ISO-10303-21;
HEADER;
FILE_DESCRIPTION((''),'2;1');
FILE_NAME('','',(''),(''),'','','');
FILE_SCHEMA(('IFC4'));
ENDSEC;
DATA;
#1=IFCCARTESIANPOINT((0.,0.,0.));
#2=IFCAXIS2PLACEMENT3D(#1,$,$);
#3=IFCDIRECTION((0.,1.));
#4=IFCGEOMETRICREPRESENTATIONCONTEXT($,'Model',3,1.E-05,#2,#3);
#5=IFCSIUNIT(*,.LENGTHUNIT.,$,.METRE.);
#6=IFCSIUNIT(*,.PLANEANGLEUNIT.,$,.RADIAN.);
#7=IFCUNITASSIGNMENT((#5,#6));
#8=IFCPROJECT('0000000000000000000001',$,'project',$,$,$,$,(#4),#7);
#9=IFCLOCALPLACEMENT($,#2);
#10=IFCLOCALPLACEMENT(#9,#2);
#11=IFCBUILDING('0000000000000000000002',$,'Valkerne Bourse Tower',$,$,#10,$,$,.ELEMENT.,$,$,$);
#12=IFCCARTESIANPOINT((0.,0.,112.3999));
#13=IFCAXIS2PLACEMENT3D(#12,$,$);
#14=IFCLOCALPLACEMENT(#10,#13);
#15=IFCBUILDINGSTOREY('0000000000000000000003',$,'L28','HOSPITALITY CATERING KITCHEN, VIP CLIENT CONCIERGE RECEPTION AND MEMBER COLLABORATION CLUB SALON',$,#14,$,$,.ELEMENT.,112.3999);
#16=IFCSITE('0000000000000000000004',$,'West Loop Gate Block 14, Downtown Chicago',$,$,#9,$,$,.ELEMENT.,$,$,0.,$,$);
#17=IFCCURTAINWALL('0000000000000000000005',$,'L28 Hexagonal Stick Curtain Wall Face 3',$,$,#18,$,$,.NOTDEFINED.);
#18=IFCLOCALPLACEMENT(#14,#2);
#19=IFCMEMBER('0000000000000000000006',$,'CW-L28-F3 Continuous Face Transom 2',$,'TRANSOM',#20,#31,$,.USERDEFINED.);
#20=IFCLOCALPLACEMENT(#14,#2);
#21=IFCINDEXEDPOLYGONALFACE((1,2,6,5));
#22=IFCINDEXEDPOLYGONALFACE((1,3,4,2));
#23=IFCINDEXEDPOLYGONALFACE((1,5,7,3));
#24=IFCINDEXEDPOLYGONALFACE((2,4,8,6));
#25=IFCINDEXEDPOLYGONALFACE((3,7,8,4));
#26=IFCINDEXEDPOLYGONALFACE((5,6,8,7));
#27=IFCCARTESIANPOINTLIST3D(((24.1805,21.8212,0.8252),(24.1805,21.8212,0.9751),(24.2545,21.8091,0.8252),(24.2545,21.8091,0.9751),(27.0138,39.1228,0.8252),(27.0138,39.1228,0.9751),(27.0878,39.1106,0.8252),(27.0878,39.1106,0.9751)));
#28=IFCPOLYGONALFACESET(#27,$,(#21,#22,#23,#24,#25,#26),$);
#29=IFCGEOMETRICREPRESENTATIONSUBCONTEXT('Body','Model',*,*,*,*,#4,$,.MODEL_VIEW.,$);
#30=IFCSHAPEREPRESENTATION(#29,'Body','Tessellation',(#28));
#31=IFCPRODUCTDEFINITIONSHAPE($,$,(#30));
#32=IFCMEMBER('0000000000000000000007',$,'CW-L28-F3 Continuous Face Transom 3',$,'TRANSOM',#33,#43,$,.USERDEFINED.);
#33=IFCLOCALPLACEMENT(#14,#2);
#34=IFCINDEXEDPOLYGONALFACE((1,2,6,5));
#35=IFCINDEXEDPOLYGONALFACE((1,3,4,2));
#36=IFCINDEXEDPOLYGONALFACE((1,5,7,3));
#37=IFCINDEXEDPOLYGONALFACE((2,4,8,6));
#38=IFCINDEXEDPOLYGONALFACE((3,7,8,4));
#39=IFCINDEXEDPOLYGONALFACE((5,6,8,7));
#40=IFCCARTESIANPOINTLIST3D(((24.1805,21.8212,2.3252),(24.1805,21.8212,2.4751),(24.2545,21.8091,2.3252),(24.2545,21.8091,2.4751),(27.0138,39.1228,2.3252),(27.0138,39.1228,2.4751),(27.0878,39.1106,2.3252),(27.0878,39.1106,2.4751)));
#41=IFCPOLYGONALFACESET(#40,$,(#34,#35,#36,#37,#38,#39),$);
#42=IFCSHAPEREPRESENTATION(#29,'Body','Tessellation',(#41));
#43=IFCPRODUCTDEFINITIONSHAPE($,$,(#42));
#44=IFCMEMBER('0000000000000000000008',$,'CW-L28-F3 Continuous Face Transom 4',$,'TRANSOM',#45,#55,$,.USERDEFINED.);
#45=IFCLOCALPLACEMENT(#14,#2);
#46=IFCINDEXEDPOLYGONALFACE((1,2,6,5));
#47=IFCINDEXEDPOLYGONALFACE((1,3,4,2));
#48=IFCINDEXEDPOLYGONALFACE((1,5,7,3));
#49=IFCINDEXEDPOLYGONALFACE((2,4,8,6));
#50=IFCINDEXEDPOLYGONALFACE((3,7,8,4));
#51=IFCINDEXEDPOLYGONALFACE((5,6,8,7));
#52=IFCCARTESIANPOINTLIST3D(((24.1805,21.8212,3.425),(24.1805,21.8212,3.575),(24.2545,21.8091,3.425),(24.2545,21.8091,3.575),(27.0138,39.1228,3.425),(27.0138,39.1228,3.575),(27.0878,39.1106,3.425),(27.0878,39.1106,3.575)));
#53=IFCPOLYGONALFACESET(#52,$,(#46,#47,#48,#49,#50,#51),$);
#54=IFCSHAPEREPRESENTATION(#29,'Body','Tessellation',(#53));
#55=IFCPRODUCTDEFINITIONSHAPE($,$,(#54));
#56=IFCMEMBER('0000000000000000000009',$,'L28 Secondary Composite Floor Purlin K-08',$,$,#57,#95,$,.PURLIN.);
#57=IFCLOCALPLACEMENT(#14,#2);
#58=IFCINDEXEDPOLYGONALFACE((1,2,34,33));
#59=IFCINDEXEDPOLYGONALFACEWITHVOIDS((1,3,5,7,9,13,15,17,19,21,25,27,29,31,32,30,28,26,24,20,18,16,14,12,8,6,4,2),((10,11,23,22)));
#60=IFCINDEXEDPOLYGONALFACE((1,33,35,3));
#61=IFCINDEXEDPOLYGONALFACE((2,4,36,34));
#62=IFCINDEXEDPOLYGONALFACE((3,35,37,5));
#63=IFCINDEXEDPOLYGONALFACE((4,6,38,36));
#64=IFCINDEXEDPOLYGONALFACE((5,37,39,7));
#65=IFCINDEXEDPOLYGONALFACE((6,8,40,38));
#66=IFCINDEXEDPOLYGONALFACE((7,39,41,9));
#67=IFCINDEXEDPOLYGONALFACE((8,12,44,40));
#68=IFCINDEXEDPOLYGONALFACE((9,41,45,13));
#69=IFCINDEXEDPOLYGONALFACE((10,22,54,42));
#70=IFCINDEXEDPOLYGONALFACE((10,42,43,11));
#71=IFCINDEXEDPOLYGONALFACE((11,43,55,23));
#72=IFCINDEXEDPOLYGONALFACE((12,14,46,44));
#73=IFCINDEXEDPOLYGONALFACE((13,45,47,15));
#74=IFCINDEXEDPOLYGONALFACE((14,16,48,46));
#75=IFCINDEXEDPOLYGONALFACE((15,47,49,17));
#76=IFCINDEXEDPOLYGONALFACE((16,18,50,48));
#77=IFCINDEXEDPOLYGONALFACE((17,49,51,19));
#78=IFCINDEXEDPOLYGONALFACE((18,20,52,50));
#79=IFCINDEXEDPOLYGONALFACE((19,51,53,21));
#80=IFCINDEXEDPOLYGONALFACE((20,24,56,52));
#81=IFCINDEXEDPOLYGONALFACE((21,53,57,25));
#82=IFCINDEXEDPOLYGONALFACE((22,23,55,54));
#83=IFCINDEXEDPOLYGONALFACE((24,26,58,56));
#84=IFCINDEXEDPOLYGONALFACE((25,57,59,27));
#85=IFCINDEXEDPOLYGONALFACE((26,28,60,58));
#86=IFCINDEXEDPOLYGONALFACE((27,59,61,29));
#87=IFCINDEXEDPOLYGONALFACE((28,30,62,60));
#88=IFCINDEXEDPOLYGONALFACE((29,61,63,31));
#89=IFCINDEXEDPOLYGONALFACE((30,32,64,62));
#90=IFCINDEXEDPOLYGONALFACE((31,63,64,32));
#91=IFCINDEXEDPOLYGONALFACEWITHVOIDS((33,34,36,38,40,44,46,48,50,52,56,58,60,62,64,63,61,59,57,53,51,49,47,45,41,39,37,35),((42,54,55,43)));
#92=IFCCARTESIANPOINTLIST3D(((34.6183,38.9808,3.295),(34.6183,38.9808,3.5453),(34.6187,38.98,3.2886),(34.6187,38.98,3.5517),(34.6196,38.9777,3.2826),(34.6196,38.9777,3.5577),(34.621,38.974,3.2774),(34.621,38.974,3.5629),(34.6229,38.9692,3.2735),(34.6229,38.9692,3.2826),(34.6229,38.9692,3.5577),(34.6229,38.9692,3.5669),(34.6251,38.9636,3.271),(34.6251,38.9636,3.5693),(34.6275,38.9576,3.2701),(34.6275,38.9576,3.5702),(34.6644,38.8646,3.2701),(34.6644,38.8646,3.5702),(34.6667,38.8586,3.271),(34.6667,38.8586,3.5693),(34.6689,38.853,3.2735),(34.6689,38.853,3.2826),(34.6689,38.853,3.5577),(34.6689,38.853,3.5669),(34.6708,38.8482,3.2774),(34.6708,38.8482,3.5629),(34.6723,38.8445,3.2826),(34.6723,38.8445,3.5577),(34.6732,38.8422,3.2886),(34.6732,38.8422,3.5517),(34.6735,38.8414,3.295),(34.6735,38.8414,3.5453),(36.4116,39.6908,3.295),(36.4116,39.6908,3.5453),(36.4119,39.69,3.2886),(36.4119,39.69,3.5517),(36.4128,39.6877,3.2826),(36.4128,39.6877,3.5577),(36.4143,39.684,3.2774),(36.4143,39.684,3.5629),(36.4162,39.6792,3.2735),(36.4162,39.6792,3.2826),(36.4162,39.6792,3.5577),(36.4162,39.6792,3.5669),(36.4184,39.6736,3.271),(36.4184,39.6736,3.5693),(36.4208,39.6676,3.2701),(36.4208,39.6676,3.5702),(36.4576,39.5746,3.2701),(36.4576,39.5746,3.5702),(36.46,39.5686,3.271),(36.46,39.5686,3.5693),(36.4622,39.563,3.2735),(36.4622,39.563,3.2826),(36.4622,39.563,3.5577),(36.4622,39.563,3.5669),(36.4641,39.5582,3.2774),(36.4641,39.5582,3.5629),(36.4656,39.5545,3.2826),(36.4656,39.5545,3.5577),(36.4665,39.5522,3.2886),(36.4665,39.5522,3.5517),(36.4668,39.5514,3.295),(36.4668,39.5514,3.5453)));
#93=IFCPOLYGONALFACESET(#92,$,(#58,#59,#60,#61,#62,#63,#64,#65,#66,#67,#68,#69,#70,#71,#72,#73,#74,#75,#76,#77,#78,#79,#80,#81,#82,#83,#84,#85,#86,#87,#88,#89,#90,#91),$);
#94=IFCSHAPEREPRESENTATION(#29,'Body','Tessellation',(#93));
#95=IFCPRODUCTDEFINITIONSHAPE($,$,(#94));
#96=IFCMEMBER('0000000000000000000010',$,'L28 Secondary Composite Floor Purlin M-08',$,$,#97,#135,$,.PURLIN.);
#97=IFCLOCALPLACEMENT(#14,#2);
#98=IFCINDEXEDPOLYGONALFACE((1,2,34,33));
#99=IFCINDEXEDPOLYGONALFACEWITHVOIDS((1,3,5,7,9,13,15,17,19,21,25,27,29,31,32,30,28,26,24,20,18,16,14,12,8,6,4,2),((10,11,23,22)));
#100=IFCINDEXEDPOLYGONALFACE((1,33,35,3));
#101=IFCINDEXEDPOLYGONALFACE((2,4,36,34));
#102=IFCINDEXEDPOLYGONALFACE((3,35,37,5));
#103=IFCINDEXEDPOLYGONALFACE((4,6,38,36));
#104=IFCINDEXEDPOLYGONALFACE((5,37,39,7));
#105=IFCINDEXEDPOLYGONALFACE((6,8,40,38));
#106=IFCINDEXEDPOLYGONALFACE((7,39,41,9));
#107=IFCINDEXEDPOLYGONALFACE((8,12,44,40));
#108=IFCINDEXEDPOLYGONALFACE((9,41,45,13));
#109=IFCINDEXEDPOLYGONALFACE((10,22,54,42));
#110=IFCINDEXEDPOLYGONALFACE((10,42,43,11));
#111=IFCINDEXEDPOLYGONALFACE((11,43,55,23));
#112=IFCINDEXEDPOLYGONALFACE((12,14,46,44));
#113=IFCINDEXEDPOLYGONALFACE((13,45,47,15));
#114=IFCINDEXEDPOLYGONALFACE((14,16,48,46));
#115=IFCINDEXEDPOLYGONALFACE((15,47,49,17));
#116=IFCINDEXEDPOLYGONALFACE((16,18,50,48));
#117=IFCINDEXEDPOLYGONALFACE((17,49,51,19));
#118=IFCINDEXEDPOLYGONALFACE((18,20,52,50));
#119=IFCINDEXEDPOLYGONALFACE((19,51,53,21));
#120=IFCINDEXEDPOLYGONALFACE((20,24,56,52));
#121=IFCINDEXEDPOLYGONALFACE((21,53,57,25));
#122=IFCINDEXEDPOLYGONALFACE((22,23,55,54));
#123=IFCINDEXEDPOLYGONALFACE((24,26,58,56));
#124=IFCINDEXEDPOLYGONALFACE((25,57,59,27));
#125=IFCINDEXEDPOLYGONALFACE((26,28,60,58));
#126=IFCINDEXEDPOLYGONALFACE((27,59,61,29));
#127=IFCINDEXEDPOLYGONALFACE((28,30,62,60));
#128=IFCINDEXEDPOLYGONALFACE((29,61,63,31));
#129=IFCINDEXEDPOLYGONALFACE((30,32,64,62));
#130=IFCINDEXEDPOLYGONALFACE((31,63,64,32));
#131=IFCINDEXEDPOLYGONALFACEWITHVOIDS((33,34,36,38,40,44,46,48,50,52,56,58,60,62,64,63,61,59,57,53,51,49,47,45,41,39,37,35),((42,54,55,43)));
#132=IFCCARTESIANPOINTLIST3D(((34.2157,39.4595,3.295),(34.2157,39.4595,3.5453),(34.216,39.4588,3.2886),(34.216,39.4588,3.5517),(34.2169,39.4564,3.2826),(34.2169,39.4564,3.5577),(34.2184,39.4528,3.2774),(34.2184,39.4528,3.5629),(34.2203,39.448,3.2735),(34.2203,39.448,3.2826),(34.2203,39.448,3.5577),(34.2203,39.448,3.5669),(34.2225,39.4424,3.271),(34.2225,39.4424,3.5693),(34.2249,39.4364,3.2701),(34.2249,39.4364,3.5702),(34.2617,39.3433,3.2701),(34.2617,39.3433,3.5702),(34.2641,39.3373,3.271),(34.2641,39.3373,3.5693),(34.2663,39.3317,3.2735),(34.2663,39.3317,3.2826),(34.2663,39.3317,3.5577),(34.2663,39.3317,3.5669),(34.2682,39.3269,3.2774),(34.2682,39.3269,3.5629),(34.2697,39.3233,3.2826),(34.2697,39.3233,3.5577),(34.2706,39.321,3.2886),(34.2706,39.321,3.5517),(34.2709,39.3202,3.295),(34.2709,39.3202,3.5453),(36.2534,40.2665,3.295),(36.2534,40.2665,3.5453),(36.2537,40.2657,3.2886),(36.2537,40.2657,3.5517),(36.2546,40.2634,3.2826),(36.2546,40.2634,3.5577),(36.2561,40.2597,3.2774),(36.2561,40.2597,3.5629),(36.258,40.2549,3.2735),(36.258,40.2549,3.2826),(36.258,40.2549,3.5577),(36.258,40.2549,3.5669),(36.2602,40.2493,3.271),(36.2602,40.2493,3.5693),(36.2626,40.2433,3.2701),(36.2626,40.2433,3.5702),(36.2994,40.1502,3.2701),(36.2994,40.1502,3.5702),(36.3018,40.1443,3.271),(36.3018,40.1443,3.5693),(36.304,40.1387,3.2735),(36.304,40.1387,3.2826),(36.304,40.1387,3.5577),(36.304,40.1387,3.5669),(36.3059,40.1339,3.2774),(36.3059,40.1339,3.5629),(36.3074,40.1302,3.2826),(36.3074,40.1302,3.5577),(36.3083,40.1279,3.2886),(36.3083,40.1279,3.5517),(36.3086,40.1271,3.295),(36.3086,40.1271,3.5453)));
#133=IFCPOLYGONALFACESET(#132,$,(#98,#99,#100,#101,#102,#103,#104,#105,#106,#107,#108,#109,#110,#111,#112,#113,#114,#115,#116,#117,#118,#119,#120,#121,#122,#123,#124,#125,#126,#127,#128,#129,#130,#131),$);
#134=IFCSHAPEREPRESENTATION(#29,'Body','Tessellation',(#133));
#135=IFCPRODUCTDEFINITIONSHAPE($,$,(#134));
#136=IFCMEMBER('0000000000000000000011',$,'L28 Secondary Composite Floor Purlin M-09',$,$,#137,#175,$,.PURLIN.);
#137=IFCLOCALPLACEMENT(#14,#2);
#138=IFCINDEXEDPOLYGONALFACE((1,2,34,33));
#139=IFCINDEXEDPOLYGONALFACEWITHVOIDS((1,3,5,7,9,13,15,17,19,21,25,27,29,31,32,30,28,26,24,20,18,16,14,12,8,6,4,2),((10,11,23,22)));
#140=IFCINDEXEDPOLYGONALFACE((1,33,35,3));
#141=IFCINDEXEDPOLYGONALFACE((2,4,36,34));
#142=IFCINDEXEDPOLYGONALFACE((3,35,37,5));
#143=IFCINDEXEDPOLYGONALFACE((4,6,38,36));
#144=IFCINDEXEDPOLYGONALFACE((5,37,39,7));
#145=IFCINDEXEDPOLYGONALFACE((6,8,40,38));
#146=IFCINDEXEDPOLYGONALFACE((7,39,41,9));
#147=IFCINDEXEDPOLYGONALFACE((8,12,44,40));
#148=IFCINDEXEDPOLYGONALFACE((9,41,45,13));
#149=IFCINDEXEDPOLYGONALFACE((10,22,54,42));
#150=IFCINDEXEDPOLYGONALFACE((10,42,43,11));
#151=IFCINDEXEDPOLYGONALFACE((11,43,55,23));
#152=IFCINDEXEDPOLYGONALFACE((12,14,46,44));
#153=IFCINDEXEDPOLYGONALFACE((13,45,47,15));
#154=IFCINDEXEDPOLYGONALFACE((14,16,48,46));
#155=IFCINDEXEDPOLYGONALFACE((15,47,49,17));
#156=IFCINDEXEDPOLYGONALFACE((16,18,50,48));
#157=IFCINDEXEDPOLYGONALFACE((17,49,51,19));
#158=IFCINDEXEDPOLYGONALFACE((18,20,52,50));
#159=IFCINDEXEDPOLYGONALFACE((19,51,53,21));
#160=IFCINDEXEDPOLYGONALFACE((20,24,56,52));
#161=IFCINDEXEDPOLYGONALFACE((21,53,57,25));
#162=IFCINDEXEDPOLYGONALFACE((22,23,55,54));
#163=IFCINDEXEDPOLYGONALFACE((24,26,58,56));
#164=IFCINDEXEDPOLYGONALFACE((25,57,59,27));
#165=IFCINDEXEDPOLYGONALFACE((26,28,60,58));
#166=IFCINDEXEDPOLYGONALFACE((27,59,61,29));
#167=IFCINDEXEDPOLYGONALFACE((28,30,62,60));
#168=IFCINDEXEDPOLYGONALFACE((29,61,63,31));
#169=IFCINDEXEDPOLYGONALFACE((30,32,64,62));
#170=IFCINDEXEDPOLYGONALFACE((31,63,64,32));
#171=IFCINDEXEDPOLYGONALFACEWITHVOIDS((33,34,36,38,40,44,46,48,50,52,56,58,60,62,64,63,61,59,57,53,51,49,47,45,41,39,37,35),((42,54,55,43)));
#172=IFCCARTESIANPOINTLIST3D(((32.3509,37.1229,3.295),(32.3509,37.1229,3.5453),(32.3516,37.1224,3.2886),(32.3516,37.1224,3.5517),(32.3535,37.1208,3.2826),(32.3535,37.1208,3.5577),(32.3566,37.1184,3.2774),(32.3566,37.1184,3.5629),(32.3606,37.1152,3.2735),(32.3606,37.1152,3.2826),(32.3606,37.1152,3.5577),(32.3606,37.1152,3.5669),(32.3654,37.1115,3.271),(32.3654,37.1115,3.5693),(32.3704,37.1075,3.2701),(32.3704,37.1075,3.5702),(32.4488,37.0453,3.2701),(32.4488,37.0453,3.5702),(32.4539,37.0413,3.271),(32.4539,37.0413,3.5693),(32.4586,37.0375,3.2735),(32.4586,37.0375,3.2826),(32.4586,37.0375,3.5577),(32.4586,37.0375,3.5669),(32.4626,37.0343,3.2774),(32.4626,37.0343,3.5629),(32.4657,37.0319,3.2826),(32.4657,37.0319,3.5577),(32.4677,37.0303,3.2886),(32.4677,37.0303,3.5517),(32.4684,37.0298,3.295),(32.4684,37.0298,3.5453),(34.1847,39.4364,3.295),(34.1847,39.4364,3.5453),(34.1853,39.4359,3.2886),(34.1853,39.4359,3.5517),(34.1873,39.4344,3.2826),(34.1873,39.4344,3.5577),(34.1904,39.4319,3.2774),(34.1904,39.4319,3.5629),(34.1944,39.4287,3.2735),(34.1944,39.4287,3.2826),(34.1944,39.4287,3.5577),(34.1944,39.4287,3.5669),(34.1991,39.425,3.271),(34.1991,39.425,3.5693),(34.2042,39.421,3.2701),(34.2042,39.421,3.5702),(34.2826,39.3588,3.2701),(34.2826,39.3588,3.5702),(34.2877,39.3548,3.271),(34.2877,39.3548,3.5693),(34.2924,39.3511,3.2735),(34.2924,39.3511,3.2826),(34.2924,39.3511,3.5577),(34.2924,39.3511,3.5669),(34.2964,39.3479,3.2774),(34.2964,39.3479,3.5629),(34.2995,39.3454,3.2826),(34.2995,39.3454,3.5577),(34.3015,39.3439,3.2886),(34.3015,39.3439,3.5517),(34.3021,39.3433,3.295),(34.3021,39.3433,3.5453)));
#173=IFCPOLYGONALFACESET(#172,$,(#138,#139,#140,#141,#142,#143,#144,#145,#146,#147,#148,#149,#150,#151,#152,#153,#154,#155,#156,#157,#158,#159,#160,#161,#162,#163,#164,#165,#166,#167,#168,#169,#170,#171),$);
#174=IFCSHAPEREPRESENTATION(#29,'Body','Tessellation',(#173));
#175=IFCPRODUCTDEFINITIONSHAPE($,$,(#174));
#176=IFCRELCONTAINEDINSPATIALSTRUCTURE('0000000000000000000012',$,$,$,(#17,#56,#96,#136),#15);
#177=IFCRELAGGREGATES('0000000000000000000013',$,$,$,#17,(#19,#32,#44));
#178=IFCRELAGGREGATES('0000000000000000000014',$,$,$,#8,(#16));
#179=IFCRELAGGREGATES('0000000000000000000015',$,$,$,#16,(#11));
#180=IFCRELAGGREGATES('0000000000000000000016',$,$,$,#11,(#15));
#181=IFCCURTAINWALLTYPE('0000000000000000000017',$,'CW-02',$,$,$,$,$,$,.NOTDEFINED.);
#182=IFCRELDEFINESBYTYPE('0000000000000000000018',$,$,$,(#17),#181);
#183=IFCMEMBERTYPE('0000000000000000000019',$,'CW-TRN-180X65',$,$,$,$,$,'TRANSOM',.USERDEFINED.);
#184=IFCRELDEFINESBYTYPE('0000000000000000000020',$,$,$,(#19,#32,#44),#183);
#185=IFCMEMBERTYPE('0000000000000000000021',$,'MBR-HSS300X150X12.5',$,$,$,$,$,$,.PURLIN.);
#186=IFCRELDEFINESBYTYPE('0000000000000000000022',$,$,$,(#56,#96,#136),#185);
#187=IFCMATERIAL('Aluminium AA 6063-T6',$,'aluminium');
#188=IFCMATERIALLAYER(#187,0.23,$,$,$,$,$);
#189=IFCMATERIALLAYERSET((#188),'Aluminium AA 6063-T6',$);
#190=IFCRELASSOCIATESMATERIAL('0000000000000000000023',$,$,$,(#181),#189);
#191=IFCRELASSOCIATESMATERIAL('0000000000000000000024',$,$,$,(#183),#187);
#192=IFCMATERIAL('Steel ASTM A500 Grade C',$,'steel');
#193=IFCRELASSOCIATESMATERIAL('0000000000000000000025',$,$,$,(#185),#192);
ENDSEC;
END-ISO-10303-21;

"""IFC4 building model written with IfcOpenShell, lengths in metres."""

from ifc_helpers import new_model, si_unit, direction, frame, origin, origin_2d, place, context, subcontext, project, spatial, rectangle, hollow_rectangle, extrude, material, layer, layer_set, material_profile, profile_set, type_object, element, aggregate, save


model = new_model("IFC4")

# Units and contexts
model_context = context("Model", 3, precision=1e-05, world=origin(), true_north=direction((0.0, 1.0)))
body_context = subcontext(model_context, "Body", "Model", "MODEL_VIEW")
ifc_project = project(units=[si_unit("LENGTHUNIT", "METRE"), si_unit("PLANEANGLEUNIT", "RADIAN")], contexts=[model_context])

# Site, building, storey
site_placement = place(None, origin())
site = spatial("IfcSite", under=ifc_project, at=site_placement, Name="West Loop Gate Block 14, Downtown Chicago", CompositionType="ELEMENT", RefElevation=0.0)
building_placement = place(site_placement, origin())
building = spatial("IfcBuilding", under=site, at=building_placement, Name="Valkerne Bourse Tower", CompositionType="ELEMENT")
storey_placement = place(building_placement, frame((0.0, 0.0, 112.3999)))
storey = spatial("IfcBuildingStorey", under=building, at=storey_placement, Name="L28", Description="HOSPITALITY CATERING KITCHEN, VIP CLIENT CONCIERGE RECEPTION AND MEMBER COLLABORATION CLUB SALON", CompositionType="ELEMENT", Elevation=112.3999)

# Curtain wall, members
ifc_material_1 = material(Name="Aluminium AA 6063-T6", Category="aluminium")
ifc_layer_1 = layer(ifc_material_1, 0.23)
ifc_layer_set_1 = layer_set([ifc_layer_1], Name="Aluminium AA 6063-T6")
curtain_wall_type = type_object("IfcCurtainWallType", Name="CW-02", PredefinedType="NOTDEFINED", material=ifc_layer_set_1)
curtain_wall_1_placement = place(storey_placement, origin())
curtain_wall_1 = element("IfcCurtainWall", 1, at=curtain_wall_1_placement, inside=storey, type_object=curtain_wall_type, Name="L28 Hexagonal Stick Curtain Wall Face 3", PredefinedType="NOTDEFINED")
ifc_material_profile_1 = material_profile(ifc_material_1, rectangle(XDim=0.075, YDim=0.1499, at=origin_2d()), Name="CWT-75X150")
ifc_profile_set_1 = profile_set([ifc_material_profile_1], Name="Aluminium AA 6063-T6")
member_type_1 = type_object("IfcMemberType", Name="CW-TRN-180X65", ElementType="TRANSOM", PredefinedType="USERDEFINED", material=ifc_profile_set_1)
member_1_placement = place(storey_placement, frame((27.0508, 39.1167, 0.9001), z_axis=(-0.161605, -0.986856, 0.0), x_axis=(0.986856, -0.161605, 0.0)))
member_1 = element("IfcMember", 2, at=member_1_placement, type_object=member_type_1, Name="CW-L28-F3 Continuous Face Transom 2", ObjectType="TRANSOM", PredefinedType="USERDEFINED", context=body_context, shape_type="SweptSolid", body=[
    extrude(rectangle(XDim=0.075, YDim=0.1499, at=origin_2d()), origin(), (0.0, 0.0, 1.0), 17.532),
])
member_2_placement = place(storey_placement, frame((27.0508, 39.1167, 2.4001), z_axis=(-0.161605, -0.986856, 0.0), x_axis=(0.986856, -0.161605, 0.0)))
member_2 = element("IfcMember", 3, at=member_2_placement, type_object=member_type_1, Name="CW-L28-F3 Continuous Face Transom 3", ObjectType="TRANSOM", PredefinedType="USERDEFINED", context=body_context, shape_type="SweptSolid", body=[
    extrude(rectangle(XDim=0.075, YDim=0.1499, at=origin_2d()), origin(), (0.0, 0.0, 1.0), 17.532),
])
member_3_placement = place(storey_placement, frame((27.0508, 39.1167, 3.5), z_axis=(-0.161605, -0.986856, 0.0), x_axis=(0.986856, -0.161605, 0.0)))
member_3 = element("IfcMember", 4, at=member_3_placement, type_object=member_type_1, Name="CW-L28-F3 Continuous Face Transom 4", ObjectType="TRANSOM", PredefinedType="USERDEFINED", context=body_context, shape_type="SweptSolid", body=[
    extrude(rectangle(XDim=0.075, YDim=0.1499, at=origin_2d()), origin(), (0.0, 0.0, 1.0), 17.532),
])
aggregate(curtain_wall_1, [member_1, member_2, member_3])

# Members
ifc_material_2 = material(Name="Steel ASTM A500 Grade C", Category="steel")
ifc_material_profile_2 = material_profile(ifc_material_2, hollow_rectangle(XDim=0.1499, YDim=0.3, WallThickness=0.0125, OuterFilletRadius=0.0249, at=origin_2d()), Name="HSS300X150X12.5")
ifc_profile_set_2 = profile_set([ifc_material_profile_2], Name="Steel ASTM A500 Grade C")
member_type_2 = type_object("IfcMemberType", Name="MBR-HSS300X150X12.5", PredefinedType="PURLIN", material=ifc_profile_set_2)
member_4_placement = place(storey_placement, frame((36.4392, 39.6211, 3.4202), z_axis=(-0.92978, -0.368115, 0.0), x_axis=(0.368115, -0.92978, 0.0)))
element("IfcMember", 5, at=member_4_placement, inside=storey, type_object=member_type_2, Name="L28 Secondary Composite Floor Purlin K-08", PredefinedType="PURLIN", context=body_context, shape_type="SweptSolid", body=[
    extrude(hollow_rectangle(XDim=0.1499, YDim=0.3, WallThickness=0.0125, OuterFilletRadius=0.0249, at=origin_2d()), origin(), (0.0, 0.0, 1.0), 1.9287),
])
member_5_placement = place(storey_placement, frame((36.281, 40.1968, 3.4202), z_axis=(-0.929754, -0.368181, 0.0), x_axis=(0.368181, -0.929754, 0.0)))
element("IfcMember", 6, at=member_5_placement, inside=storey, type_object=member_type_2, Name="L28 Secondary Composite Floor Purlin M-08", PredefinedType="PURLIN", context=body_context, shape_type="SweptSolid", body=[
    extrude(hollow_rectangle(XDim=0.1499, YDim=0.3, WallThickness=0.0125, OuterFilletRadius=0.0249, at=origin_2d()), origin(), (0.0, 0.0, 1.0), 2.1917),
])
member_6_placement = place(storey_placement, frame((34.2434, 39.3899, 3.4202), z_axis=(-0.621169, -0.783677, 0.0), x_axis=(0.783677, -0.621169, 0.0)))
element("IfcMember", 7, at=member_6_placement, inside=storey, type_object=member_type_2, Name="L28 Secondary Composite Floor Purlin M-09", PredefinedType="PURLIN", context=body_context, shape_type="SweptSolid", body=[
    extrude(hollow_rectangle(XDim=0.1499, YDim=0.3, WallThickness=0.0125, OuterFilletRadius=0.0249, at=origin_2d()), origin(), (0.0, 0.0, 1.0), 2.9521),
])

save(model, "model.ifc")
